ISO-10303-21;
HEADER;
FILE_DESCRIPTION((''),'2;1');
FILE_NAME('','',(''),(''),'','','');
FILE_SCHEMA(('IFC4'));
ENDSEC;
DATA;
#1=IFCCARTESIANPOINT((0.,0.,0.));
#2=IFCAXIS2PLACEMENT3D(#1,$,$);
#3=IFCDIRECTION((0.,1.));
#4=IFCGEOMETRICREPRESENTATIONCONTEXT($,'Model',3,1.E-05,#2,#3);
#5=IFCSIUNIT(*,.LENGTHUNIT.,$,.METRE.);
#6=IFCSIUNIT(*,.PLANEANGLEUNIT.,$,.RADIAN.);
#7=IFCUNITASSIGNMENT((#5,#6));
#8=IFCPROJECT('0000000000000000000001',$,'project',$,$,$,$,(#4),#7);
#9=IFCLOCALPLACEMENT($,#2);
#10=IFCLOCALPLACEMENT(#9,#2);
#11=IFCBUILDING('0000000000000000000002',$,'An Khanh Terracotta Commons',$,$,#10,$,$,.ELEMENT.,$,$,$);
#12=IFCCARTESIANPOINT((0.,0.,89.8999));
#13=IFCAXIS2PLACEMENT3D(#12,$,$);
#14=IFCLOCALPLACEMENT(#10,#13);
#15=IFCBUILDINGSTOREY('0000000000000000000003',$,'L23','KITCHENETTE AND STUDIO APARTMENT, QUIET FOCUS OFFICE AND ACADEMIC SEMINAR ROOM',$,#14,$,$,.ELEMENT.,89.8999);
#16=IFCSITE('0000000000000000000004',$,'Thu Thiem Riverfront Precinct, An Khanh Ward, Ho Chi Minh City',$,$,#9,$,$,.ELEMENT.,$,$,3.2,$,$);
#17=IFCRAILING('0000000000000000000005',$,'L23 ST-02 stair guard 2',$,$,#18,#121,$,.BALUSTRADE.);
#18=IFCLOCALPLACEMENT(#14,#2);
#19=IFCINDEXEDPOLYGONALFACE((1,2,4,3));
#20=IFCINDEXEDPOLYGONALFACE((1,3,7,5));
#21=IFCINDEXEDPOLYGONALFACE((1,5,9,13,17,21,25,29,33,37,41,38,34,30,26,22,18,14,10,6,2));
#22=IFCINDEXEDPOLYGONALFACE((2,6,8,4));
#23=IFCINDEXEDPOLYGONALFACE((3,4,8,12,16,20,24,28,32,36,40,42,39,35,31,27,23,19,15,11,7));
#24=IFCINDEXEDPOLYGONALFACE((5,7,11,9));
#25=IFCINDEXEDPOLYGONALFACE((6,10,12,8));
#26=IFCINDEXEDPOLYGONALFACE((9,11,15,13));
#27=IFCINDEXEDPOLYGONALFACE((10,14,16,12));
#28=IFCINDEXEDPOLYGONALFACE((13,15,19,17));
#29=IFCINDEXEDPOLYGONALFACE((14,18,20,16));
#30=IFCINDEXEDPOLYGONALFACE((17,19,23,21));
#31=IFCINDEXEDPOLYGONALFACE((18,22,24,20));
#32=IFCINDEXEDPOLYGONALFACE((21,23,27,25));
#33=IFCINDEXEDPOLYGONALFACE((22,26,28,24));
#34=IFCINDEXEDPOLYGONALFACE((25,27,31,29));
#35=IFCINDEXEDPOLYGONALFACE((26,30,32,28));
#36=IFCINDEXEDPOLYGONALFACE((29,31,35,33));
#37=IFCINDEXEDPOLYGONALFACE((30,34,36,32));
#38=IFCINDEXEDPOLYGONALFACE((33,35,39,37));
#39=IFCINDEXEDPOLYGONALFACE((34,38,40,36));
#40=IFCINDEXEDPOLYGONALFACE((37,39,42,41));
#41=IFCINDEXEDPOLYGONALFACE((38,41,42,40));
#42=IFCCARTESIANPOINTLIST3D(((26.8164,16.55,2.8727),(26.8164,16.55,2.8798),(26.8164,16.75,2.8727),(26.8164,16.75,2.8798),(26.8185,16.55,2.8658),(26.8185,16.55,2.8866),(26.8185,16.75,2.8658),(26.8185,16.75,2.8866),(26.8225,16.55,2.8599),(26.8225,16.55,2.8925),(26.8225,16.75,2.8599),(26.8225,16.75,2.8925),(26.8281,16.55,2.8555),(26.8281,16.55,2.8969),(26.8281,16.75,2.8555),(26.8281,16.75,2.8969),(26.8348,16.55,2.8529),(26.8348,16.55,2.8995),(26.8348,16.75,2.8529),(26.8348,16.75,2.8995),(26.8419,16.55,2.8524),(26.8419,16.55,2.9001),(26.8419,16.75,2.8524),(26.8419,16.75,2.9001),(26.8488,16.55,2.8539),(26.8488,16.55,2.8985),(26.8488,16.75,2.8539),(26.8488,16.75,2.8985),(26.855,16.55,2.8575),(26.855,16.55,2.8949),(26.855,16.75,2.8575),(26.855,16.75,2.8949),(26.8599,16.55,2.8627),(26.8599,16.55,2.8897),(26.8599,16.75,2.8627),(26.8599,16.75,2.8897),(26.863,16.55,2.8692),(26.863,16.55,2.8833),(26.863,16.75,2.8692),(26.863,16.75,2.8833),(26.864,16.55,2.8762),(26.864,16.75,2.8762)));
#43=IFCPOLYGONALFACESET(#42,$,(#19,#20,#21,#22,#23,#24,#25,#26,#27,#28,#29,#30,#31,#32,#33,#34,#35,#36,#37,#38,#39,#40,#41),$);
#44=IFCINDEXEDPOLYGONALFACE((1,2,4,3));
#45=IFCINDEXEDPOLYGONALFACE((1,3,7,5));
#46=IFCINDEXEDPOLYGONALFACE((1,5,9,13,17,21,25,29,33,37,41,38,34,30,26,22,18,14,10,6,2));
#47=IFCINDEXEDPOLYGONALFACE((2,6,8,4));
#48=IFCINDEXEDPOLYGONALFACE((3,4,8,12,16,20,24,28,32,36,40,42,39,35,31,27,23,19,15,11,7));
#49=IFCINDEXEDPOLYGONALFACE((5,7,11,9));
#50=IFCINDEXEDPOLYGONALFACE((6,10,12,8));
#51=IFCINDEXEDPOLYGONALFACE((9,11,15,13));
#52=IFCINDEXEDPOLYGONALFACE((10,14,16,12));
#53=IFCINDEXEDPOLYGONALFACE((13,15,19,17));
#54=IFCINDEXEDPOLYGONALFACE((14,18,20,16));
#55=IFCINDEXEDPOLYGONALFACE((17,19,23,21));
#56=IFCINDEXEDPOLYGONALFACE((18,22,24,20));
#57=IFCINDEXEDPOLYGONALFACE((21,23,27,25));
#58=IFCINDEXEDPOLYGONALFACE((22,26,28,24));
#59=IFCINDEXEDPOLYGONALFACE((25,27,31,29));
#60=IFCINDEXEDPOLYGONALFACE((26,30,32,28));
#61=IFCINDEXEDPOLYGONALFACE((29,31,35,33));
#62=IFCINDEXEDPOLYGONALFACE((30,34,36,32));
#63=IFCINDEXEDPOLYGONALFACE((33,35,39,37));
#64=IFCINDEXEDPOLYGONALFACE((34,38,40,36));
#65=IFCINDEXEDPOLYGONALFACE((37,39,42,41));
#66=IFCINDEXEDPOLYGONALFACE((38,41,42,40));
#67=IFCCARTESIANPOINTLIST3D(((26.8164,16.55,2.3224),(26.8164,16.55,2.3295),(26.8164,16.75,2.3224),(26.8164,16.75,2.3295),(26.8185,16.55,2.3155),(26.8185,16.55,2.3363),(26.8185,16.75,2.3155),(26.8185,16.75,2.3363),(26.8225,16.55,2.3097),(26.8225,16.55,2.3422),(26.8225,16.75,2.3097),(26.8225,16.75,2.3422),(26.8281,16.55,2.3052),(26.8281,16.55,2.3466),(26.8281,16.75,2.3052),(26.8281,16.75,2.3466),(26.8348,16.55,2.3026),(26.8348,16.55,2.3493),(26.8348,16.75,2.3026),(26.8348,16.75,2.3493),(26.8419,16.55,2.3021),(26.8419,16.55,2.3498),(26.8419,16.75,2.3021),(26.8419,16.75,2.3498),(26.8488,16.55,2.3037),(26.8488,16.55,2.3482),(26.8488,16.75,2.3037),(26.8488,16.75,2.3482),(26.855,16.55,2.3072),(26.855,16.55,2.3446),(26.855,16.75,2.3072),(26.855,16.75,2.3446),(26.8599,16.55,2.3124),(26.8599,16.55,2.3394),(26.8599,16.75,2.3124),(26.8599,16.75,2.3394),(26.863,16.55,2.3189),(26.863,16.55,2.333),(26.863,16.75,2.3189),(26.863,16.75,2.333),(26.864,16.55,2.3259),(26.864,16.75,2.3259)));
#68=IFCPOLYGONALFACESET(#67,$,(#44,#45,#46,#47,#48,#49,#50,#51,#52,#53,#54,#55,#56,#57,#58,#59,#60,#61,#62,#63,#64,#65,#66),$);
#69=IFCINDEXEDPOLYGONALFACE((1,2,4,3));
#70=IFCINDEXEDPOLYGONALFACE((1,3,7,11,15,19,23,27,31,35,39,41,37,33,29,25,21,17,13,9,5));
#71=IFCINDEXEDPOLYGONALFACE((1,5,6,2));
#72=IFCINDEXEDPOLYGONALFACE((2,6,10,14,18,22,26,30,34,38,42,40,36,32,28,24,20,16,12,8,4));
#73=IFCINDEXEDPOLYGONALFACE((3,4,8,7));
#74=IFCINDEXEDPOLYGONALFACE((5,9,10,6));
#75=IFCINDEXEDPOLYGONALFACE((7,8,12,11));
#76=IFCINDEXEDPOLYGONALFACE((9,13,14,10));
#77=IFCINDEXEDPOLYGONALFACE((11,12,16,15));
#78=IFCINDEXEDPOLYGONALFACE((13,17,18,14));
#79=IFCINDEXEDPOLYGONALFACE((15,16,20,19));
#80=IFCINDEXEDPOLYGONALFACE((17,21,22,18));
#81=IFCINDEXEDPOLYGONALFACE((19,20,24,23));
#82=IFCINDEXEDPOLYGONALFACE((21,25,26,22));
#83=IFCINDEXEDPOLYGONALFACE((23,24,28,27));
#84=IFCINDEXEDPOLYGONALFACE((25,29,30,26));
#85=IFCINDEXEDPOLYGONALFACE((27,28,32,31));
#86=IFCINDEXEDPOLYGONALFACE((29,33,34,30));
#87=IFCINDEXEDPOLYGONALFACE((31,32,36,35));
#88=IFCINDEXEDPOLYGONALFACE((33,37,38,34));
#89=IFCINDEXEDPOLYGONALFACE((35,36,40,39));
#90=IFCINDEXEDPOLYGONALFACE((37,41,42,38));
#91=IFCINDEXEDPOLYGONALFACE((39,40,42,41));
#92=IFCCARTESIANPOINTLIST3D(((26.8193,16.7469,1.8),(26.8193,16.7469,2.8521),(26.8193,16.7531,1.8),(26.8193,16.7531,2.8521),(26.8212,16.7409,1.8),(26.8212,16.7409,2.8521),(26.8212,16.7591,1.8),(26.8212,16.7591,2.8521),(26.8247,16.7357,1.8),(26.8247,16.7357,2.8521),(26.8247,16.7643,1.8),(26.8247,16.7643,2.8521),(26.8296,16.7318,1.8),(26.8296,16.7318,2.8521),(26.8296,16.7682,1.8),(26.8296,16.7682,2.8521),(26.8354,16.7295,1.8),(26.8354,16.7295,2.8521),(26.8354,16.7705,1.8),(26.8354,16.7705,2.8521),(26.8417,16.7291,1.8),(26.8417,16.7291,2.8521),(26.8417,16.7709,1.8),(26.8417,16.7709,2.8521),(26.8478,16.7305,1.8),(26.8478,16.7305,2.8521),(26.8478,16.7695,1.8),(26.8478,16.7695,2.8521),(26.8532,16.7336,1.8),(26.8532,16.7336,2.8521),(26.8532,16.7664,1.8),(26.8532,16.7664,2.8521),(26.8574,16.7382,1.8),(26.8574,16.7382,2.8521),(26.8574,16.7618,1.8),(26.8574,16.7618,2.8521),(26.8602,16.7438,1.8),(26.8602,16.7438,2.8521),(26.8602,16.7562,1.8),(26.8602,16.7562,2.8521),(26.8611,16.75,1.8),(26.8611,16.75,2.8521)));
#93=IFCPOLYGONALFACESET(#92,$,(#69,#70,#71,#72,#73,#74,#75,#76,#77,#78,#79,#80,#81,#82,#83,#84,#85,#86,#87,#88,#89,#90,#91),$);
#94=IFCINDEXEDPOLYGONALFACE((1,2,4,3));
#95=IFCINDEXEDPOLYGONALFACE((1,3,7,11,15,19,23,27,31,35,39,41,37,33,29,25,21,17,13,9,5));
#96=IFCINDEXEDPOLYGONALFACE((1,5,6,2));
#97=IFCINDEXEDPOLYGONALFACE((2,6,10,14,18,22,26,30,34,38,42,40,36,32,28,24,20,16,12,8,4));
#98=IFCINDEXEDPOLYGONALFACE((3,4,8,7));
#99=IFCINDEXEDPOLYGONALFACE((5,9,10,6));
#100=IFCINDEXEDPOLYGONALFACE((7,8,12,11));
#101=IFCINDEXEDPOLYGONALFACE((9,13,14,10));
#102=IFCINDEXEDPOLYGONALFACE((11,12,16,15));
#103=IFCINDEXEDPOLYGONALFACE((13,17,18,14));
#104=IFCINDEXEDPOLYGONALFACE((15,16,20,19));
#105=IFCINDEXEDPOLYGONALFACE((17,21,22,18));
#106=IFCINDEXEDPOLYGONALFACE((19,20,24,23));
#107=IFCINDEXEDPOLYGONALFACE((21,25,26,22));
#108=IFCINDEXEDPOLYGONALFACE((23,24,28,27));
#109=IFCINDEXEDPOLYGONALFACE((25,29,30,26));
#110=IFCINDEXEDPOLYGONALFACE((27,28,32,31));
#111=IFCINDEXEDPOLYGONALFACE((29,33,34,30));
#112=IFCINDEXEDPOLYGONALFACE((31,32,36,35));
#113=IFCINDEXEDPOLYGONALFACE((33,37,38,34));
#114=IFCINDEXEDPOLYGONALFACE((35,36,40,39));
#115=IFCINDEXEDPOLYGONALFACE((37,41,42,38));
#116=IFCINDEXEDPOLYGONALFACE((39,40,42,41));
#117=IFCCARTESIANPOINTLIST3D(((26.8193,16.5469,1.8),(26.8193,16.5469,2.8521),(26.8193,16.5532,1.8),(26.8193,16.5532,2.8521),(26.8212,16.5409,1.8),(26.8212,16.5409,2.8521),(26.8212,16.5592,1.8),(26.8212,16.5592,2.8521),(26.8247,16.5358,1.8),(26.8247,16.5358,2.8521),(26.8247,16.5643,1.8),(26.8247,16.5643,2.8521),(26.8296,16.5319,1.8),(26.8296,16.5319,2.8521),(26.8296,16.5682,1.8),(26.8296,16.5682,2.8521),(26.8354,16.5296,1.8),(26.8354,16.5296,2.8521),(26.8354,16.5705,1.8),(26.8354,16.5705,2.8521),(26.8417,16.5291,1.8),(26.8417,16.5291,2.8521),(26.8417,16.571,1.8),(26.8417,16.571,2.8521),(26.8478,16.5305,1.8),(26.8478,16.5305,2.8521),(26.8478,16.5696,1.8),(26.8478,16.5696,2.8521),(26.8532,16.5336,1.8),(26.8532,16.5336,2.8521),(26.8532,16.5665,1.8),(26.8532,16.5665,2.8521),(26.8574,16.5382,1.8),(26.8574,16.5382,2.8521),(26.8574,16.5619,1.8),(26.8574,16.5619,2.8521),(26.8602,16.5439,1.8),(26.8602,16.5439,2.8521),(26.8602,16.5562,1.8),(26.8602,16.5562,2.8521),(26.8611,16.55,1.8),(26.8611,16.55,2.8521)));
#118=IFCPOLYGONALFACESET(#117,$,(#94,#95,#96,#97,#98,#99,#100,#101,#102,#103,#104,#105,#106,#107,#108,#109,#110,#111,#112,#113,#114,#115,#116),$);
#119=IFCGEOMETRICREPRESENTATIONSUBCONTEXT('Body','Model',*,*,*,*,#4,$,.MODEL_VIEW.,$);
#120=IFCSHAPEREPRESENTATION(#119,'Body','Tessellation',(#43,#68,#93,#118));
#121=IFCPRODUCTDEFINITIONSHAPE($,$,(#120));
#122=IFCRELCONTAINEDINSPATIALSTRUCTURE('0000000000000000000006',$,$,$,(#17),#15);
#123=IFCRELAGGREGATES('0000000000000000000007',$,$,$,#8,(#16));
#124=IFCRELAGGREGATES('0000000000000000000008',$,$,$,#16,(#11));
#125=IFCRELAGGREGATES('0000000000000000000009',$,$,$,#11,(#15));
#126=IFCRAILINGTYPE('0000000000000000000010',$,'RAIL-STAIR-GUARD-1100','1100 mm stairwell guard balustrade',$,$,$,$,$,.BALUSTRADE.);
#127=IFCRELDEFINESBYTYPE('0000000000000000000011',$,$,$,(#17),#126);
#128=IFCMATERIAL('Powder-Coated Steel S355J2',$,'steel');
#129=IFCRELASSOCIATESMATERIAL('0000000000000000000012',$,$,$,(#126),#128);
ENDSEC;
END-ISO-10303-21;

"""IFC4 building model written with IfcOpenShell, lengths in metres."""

from ifc_helpers import new_model, si_unit, direction, frame, origin, origin_2d, place, context, subcontext, project, spatial, circle, extrude, material, type_object, element, save


model = new_model("IFC4")

# Units and contexts
model_context = context("Model", 3, precision=1e-05, world=origin(), true_north=direction((0.0, 1.0)))
body_context = subcontext(model_context, "Body", "Model", "MODEL_VIEW")
ifc_project = project(units=[si_unit("LENGTHUNIT", "METRE"), si_unit("PLANEANGLEUNIT", "RADIAN")], contexts=[model_context])

# Site, building, storey
site_placement = place(None, origin())
site = spatial("IfcSite", under=ifc_project, at=site_placement, Name="Thu Thiem Riverfront Precinct, An Khanh Ward, Ho Chi Minh City", CompositionType="ELEMENT", RefElevation=3.2)
building_placement = place(site_placement, origin())
building = spatial("IfcBuilding", under=site, at=building_placement, Name="An Khanh Terracotta Commons", CompositionType="ELEMENT")
storey_placement = place(building_placement, frame((0.0, 0.0, 89.8999)))
storey = spatial("IfcBuildingStorey", under=building, at=storey_placement, Name="L23", Description="KITCHENETTE AND STUDIO APARTMENT, QUIET FOCUS OFFICE AND ACADEMIC SEMINAR ROOM", CompositionType="ELEMENT", Elevation=89.8999)

# Railing
ifc_material_1 = material(Name="Powder-Coated Steel S355J2", Category="steel")
railing_type_1 = type_object("IfcRailingType", Name="RAIL-STAIR-GUARD-1100", Description="1100 mm stairwell guard balustrade", PredefinedType="BALUSTRADE", material=ifc_material_1)
railing_1_placement = place(storey_placement, frame((26.8401, 16.75, 1.8)))
element("IfcRailing", 1, at=railing_1_placement, inside=storey, type_object=railing_type_1, Name="L23 ST-02 stair guard 2", PredefinedType="BALUSTRADE", context=body_context, shape_type="SweptSolid", body=[
    extrude(circle(Radius=0.0239, at=origin_2d()), frame((0.0, 0.0, 1.0762), z_axis=(0.0, -1.0, 0.0), x_axis=(1.0, 0.0, 0.0)), (0.0, 0.0, 1.0), 0.2),
    extrude(circle(Radius=0.0239, at=origin_2d()), frame((0.0, 0.0, 0.5259), z_axis=(0.0, -1.0, 0.0), x_axis=(1.0, 0.0, 0.0)), (0.0, 0.0, 1.0), 0.2),
    extrude(circle(Radius=0.021, at=origin_2d()), origin(), (0.0, 0.0, 1.0), 1.052),
    extrude(circle(Radius=0.021, at=origin_2d()), frame((0.0, -0.2, 0.0)), (0.0, 0.0, 1.0), 1.052),
])

save(model, "model.ifc")
